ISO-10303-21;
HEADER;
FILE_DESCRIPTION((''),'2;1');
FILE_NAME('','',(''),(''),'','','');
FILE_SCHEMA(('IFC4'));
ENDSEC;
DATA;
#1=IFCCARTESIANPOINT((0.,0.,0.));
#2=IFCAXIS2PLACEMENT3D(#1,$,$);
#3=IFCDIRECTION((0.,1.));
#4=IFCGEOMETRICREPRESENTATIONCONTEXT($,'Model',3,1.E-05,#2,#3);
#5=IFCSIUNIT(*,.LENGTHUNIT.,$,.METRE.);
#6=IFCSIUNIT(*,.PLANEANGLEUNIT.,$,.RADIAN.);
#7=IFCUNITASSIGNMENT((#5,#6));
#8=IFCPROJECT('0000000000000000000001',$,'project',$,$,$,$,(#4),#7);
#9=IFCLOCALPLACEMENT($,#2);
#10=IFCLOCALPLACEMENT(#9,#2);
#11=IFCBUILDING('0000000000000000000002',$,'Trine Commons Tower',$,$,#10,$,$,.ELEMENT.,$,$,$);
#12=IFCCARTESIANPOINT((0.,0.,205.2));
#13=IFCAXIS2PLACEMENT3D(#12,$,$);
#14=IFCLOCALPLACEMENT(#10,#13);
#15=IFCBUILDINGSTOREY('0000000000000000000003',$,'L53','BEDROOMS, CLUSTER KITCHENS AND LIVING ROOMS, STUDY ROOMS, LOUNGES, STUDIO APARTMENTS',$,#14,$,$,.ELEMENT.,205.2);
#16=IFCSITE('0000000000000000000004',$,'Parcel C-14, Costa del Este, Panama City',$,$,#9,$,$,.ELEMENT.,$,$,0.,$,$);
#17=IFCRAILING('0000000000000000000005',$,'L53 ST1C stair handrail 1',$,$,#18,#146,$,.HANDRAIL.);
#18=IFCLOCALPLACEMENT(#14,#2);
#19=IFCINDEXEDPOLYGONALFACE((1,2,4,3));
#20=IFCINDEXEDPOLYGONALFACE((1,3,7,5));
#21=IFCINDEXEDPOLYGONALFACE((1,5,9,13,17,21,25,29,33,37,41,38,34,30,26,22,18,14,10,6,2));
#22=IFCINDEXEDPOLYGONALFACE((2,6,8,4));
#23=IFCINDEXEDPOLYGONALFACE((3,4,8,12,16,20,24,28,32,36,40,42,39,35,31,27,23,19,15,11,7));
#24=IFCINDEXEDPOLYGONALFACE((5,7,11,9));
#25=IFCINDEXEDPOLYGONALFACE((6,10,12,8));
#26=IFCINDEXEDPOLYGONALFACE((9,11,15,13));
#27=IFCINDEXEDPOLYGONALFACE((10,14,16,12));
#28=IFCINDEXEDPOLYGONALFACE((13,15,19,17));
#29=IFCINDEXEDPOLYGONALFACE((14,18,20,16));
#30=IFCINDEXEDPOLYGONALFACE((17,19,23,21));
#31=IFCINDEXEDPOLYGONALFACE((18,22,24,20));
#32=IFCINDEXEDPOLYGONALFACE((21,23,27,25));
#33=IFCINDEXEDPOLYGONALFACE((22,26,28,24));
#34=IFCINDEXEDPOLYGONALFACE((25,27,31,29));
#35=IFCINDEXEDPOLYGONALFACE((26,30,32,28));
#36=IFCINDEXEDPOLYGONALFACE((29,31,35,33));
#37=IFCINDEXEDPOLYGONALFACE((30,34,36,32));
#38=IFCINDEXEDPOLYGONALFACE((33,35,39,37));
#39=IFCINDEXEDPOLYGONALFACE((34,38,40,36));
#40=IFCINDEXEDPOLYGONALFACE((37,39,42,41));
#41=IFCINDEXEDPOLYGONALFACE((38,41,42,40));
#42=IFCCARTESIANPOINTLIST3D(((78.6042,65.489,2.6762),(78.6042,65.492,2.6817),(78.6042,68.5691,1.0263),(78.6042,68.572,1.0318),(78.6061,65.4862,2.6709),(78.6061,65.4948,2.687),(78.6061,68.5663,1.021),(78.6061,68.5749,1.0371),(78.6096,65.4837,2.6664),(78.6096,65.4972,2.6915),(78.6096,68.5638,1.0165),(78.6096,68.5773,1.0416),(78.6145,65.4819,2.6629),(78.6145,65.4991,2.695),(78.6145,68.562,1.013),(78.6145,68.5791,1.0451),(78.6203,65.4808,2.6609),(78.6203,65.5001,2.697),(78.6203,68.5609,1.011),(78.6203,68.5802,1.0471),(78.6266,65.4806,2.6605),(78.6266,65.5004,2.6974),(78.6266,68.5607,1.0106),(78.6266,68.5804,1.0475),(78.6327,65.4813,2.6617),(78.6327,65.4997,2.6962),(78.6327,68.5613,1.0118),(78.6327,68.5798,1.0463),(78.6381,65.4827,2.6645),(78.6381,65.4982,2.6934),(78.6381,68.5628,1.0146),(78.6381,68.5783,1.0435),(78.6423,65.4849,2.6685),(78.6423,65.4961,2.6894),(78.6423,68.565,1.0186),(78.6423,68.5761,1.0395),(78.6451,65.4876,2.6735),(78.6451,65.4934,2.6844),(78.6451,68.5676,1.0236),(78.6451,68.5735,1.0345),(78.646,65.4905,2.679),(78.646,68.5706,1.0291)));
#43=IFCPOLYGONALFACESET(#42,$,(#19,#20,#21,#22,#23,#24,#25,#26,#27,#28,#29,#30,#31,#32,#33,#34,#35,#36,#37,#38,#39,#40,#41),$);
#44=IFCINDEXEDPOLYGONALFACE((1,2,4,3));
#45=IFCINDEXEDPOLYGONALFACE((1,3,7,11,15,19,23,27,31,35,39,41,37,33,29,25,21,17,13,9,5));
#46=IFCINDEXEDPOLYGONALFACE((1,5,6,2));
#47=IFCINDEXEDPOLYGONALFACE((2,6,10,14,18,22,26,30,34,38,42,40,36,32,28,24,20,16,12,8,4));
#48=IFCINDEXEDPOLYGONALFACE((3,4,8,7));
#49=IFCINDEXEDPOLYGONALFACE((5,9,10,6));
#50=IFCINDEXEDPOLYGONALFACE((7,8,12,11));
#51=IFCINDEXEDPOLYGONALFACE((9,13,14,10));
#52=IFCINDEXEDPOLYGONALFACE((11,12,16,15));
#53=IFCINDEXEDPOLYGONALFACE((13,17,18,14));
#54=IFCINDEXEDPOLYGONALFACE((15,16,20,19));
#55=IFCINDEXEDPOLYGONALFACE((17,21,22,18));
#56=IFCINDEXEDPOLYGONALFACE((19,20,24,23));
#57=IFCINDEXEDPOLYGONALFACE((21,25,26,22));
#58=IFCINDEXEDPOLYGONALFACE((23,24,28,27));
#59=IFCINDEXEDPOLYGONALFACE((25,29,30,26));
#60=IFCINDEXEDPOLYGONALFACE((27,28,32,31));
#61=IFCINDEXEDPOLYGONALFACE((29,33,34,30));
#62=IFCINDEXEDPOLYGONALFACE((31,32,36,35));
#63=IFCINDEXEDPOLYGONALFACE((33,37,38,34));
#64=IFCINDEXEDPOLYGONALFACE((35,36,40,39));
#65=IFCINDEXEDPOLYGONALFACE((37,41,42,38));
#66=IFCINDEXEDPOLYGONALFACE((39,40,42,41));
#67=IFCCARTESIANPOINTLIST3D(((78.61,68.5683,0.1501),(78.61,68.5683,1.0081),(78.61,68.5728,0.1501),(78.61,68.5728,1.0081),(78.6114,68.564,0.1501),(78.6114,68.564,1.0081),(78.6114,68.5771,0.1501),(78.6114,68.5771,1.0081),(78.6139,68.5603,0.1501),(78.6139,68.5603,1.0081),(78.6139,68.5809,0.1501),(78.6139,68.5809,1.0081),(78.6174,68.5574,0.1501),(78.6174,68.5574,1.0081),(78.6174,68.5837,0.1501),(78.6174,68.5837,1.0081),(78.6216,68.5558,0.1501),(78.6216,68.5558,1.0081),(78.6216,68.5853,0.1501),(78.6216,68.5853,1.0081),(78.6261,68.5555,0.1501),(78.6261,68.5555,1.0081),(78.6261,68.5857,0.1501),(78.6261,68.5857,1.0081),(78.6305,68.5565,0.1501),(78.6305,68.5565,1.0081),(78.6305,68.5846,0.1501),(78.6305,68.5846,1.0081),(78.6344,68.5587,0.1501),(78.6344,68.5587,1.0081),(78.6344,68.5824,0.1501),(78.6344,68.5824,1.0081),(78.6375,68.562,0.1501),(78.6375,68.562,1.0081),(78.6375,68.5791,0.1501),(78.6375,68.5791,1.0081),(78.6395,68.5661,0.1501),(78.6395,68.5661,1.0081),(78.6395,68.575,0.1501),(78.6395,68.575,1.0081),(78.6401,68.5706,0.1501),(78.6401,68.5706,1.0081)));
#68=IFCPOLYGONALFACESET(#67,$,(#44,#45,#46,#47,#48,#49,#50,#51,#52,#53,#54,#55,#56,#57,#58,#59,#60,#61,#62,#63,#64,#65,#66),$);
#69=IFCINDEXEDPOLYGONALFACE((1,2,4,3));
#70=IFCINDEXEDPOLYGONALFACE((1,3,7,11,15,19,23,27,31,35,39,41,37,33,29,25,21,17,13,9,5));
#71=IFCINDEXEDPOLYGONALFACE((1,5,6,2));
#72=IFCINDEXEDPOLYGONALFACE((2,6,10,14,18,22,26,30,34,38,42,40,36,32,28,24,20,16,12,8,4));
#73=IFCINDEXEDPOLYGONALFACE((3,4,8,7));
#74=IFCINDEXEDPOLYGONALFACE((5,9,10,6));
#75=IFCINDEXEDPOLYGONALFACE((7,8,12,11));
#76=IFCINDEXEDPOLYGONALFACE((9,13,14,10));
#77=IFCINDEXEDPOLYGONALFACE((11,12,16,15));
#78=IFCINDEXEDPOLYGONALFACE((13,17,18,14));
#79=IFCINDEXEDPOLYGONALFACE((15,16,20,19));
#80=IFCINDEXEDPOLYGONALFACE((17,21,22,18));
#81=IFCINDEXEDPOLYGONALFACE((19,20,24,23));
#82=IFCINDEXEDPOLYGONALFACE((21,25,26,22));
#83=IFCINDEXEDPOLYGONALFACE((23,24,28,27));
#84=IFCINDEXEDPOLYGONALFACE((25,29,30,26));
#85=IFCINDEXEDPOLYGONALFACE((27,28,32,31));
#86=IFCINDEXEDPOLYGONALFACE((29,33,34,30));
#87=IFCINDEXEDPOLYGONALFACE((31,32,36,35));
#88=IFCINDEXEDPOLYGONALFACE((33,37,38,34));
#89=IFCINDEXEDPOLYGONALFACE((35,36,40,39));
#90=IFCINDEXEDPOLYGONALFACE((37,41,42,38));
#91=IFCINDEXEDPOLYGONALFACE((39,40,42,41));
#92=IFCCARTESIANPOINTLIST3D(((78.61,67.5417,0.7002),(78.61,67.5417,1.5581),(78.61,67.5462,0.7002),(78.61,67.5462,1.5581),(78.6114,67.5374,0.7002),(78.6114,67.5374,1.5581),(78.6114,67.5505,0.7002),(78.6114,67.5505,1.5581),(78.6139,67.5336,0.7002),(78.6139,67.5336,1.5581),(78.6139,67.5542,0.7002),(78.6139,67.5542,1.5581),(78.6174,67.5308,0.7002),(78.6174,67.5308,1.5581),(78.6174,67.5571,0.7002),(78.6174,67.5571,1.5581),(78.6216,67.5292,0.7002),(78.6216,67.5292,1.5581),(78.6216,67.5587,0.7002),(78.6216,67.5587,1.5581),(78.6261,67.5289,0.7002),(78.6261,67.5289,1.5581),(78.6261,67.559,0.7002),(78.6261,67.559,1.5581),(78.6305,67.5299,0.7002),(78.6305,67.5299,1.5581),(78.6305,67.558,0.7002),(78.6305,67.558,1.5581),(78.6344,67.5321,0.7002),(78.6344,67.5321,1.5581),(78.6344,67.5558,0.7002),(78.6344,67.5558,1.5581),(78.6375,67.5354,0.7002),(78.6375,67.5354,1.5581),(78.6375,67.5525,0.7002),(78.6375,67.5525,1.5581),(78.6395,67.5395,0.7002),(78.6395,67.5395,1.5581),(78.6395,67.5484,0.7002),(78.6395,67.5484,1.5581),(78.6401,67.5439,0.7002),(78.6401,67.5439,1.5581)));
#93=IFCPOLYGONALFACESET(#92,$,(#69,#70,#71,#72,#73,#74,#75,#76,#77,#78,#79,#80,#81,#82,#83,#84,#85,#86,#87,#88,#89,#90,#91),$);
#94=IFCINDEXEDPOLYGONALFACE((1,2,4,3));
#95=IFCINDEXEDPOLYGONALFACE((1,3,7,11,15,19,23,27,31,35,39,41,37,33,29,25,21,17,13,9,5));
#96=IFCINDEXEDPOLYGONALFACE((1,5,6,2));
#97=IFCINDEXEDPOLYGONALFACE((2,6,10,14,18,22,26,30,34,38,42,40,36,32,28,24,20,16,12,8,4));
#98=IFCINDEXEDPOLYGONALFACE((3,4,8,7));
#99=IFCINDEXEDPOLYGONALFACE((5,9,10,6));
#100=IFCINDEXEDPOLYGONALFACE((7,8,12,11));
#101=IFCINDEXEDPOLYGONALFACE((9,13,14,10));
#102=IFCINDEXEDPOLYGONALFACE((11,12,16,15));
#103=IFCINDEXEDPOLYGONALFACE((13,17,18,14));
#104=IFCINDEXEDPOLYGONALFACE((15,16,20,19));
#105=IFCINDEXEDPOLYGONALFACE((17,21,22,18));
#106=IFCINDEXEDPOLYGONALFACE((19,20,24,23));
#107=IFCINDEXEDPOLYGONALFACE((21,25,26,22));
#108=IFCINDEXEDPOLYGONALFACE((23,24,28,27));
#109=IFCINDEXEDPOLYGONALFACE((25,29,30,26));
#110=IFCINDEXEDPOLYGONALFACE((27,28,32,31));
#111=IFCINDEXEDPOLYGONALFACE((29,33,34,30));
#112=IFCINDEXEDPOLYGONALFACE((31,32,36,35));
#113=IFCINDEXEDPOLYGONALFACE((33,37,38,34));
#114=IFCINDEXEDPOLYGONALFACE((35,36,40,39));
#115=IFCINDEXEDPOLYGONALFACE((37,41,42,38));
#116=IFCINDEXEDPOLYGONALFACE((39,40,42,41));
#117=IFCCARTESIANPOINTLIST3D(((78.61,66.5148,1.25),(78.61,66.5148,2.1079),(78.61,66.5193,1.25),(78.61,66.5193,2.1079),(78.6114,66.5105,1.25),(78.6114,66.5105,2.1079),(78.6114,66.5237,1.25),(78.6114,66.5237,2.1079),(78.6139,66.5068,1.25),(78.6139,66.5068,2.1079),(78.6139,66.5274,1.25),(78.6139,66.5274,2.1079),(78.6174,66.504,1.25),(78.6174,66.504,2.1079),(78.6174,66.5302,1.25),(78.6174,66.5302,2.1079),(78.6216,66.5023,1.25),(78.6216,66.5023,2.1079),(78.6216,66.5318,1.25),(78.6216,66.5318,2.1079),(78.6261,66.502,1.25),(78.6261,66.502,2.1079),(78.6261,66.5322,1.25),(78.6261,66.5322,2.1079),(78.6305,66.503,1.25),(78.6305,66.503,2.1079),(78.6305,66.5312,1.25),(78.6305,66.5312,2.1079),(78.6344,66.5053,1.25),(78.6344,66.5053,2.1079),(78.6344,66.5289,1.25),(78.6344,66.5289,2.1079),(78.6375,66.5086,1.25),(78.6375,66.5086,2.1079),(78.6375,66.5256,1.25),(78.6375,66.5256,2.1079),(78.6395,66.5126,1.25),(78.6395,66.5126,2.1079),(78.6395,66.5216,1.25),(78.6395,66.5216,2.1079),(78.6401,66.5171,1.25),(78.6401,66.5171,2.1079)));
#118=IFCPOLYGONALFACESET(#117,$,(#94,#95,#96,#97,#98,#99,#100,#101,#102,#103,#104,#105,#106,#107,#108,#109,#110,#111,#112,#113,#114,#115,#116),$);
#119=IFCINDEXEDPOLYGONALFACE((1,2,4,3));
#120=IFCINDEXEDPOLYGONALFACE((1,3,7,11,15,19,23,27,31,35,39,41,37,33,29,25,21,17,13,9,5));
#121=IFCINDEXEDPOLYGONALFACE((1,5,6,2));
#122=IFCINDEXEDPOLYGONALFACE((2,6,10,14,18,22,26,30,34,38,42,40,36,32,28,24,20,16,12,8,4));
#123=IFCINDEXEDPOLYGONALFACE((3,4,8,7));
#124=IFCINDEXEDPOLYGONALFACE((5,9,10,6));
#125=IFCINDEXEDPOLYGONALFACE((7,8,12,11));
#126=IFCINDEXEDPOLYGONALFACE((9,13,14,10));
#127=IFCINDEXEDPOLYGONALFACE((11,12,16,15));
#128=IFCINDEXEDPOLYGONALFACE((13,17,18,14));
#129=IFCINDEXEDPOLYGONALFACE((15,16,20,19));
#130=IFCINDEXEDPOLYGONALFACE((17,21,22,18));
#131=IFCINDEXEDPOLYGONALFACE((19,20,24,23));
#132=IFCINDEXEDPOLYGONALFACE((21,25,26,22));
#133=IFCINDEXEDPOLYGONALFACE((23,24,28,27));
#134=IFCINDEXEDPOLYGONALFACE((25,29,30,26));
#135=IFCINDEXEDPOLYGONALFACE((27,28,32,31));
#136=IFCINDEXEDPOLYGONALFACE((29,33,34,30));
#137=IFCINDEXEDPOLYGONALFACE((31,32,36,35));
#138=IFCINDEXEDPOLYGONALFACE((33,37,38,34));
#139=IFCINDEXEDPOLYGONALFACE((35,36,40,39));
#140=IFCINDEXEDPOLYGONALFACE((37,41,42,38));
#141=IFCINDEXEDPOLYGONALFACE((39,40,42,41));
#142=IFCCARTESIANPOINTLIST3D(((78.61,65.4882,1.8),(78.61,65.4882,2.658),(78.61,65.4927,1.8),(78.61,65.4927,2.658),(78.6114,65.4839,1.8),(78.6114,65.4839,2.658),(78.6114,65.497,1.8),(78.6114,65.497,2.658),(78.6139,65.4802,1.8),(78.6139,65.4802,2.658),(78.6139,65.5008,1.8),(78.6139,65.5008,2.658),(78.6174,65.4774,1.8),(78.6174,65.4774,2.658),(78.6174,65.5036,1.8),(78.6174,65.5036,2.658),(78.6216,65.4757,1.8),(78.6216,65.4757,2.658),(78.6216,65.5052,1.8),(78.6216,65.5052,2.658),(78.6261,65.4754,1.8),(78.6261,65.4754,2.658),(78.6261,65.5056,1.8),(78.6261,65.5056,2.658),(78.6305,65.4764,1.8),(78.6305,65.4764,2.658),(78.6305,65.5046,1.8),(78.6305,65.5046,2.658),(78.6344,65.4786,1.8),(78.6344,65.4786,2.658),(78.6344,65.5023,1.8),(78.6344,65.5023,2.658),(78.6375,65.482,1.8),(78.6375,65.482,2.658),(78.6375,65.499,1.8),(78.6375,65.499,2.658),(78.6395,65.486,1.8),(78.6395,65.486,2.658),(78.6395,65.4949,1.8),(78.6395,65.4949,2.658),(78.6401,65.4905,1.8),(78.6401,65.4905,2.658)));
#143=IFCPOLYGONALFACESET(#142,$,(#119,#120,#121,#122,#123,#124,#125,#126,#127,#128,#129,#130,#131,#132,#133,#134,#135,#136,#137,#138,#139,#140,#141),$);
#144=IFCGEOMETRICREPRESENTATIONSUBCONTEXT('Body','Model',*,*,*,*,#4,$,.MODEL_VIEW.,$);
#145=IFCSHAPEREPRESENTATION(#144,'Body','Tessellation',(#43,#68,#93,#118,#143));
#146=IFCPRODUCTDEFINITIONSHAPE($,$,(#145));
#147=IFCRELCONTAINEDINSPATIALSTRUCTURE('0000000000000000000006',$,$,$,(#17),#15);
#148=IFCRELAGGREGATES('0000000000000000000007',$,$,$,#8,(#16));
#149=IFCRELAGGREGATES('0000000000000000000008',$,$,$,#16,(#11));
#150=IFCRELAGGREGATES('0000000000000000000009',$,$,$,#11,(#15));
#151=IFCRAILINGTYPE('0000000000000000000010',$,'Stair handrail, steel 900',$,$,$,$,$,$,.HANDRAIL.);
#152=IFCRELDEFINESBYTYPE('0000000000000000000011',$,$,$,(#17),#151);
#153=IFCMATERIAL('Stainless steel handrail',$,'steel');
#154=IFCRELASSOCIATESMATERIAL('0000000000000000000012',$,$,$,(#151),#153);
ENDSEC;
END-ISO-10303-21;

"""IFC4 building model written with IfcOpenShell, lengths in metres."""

from ifc_helpers import new_model, si_unit, direction, frame, origin, origin_2d, place, context, subcontext, project, spatial, circle, extrude, material, type_object, element, save


model = new_model("IFC4")

# Units and contexts
model_context = context("Model", 3, precision=1e-05, world=origin(), true_north=direction((0.0, 1.0)))
body_context = subcontext(model_context, "Body", "Model", "MODEL_VIEW")
ifc_project = project(units=[si_unit("LENGTHUNIT", "METRE"), si_unit("PLANEANGLEUNIT", "RADIAN")], contexts=[model_context])

# Site, building, storey
site_placement = place(None, origin())
site = spatial("IfcSite", under=ifc_project, at=site_placement, Name="Parcel C-14, Costa del Este, Panama City", CompositionType="ELEMENT", RefElevation=0.0)
building_placement = place(site_placement, origin())
building = spatial("IfcBuilding", under=site, at=building_placement, Name="Trine Commons Tower", CompositionType="ELEMENT")
storey_placement = place(building_placement, frame((0.0, 0.0, 205.2)))
storey = spatial("IfcBuildingStorey", under=building, at=storey_placement, Name="L53", Description="BEDROOMS, CLUSTER KITCHENS AND LIVING ROOMS, STUDY ROOMS, LOUNGES, STUDIO APARTMENTS", CompositionType="ELEMENT", Elevation=205.2)

# Railing
ifc_material_1 = material(Name="Stainless steel handrail", Category="steel")
railing_type_1 = type_object("IfcRailingType", Name="Stair handrail, steel 900", PredefinedType="HANDRAIL", material=ifc_material_1)
railing_1_placement = place(storey_placement, frame((78.625, 68.5706, 0.1501)))
element("IfcRailing", 1, at=railing_1_placement, inside=storey, type_object=railing_type_1, Name="L53 ST1C stair handrail 1", PredefinedType="HANDRAIL", context=body_context, shape_type="SweptSolid", body=[
    extrude(circle(Radius=0.021, at=origin_2d()), frame((0.0, 0.0, 0.8789), z_axis=(0.0, -0.881497, 0.47219), x_axis=(1.0, 0.0, 0.0)), (0.0, 0.0, 1.0), 3.4941),
    extrude(circle(Radius=0.0151, at=origin_2d()), origin(), (0.0, 0.0, 1.0), 0.8579),
    extrude(circle(Radius=0.0151, at=origin_2d()), frame((0.0, -1.0266, 0.55)), (0.0, 0.0, 1.0), 0.8579),
    extrude(circle(Radius=0.0151, at=origin_2d()), frame((0.0, -2.0535, 1.0999)), (0.0, 0.0, 1.0), 0.8579),
    extrude(circle(Radius=0.0151, at=origin_2d()), frame((0.0, -3.0801, 1.6499)), (0.0, 0.0, 1.0), 0.8579),
])

save(model, "model.ifc")
